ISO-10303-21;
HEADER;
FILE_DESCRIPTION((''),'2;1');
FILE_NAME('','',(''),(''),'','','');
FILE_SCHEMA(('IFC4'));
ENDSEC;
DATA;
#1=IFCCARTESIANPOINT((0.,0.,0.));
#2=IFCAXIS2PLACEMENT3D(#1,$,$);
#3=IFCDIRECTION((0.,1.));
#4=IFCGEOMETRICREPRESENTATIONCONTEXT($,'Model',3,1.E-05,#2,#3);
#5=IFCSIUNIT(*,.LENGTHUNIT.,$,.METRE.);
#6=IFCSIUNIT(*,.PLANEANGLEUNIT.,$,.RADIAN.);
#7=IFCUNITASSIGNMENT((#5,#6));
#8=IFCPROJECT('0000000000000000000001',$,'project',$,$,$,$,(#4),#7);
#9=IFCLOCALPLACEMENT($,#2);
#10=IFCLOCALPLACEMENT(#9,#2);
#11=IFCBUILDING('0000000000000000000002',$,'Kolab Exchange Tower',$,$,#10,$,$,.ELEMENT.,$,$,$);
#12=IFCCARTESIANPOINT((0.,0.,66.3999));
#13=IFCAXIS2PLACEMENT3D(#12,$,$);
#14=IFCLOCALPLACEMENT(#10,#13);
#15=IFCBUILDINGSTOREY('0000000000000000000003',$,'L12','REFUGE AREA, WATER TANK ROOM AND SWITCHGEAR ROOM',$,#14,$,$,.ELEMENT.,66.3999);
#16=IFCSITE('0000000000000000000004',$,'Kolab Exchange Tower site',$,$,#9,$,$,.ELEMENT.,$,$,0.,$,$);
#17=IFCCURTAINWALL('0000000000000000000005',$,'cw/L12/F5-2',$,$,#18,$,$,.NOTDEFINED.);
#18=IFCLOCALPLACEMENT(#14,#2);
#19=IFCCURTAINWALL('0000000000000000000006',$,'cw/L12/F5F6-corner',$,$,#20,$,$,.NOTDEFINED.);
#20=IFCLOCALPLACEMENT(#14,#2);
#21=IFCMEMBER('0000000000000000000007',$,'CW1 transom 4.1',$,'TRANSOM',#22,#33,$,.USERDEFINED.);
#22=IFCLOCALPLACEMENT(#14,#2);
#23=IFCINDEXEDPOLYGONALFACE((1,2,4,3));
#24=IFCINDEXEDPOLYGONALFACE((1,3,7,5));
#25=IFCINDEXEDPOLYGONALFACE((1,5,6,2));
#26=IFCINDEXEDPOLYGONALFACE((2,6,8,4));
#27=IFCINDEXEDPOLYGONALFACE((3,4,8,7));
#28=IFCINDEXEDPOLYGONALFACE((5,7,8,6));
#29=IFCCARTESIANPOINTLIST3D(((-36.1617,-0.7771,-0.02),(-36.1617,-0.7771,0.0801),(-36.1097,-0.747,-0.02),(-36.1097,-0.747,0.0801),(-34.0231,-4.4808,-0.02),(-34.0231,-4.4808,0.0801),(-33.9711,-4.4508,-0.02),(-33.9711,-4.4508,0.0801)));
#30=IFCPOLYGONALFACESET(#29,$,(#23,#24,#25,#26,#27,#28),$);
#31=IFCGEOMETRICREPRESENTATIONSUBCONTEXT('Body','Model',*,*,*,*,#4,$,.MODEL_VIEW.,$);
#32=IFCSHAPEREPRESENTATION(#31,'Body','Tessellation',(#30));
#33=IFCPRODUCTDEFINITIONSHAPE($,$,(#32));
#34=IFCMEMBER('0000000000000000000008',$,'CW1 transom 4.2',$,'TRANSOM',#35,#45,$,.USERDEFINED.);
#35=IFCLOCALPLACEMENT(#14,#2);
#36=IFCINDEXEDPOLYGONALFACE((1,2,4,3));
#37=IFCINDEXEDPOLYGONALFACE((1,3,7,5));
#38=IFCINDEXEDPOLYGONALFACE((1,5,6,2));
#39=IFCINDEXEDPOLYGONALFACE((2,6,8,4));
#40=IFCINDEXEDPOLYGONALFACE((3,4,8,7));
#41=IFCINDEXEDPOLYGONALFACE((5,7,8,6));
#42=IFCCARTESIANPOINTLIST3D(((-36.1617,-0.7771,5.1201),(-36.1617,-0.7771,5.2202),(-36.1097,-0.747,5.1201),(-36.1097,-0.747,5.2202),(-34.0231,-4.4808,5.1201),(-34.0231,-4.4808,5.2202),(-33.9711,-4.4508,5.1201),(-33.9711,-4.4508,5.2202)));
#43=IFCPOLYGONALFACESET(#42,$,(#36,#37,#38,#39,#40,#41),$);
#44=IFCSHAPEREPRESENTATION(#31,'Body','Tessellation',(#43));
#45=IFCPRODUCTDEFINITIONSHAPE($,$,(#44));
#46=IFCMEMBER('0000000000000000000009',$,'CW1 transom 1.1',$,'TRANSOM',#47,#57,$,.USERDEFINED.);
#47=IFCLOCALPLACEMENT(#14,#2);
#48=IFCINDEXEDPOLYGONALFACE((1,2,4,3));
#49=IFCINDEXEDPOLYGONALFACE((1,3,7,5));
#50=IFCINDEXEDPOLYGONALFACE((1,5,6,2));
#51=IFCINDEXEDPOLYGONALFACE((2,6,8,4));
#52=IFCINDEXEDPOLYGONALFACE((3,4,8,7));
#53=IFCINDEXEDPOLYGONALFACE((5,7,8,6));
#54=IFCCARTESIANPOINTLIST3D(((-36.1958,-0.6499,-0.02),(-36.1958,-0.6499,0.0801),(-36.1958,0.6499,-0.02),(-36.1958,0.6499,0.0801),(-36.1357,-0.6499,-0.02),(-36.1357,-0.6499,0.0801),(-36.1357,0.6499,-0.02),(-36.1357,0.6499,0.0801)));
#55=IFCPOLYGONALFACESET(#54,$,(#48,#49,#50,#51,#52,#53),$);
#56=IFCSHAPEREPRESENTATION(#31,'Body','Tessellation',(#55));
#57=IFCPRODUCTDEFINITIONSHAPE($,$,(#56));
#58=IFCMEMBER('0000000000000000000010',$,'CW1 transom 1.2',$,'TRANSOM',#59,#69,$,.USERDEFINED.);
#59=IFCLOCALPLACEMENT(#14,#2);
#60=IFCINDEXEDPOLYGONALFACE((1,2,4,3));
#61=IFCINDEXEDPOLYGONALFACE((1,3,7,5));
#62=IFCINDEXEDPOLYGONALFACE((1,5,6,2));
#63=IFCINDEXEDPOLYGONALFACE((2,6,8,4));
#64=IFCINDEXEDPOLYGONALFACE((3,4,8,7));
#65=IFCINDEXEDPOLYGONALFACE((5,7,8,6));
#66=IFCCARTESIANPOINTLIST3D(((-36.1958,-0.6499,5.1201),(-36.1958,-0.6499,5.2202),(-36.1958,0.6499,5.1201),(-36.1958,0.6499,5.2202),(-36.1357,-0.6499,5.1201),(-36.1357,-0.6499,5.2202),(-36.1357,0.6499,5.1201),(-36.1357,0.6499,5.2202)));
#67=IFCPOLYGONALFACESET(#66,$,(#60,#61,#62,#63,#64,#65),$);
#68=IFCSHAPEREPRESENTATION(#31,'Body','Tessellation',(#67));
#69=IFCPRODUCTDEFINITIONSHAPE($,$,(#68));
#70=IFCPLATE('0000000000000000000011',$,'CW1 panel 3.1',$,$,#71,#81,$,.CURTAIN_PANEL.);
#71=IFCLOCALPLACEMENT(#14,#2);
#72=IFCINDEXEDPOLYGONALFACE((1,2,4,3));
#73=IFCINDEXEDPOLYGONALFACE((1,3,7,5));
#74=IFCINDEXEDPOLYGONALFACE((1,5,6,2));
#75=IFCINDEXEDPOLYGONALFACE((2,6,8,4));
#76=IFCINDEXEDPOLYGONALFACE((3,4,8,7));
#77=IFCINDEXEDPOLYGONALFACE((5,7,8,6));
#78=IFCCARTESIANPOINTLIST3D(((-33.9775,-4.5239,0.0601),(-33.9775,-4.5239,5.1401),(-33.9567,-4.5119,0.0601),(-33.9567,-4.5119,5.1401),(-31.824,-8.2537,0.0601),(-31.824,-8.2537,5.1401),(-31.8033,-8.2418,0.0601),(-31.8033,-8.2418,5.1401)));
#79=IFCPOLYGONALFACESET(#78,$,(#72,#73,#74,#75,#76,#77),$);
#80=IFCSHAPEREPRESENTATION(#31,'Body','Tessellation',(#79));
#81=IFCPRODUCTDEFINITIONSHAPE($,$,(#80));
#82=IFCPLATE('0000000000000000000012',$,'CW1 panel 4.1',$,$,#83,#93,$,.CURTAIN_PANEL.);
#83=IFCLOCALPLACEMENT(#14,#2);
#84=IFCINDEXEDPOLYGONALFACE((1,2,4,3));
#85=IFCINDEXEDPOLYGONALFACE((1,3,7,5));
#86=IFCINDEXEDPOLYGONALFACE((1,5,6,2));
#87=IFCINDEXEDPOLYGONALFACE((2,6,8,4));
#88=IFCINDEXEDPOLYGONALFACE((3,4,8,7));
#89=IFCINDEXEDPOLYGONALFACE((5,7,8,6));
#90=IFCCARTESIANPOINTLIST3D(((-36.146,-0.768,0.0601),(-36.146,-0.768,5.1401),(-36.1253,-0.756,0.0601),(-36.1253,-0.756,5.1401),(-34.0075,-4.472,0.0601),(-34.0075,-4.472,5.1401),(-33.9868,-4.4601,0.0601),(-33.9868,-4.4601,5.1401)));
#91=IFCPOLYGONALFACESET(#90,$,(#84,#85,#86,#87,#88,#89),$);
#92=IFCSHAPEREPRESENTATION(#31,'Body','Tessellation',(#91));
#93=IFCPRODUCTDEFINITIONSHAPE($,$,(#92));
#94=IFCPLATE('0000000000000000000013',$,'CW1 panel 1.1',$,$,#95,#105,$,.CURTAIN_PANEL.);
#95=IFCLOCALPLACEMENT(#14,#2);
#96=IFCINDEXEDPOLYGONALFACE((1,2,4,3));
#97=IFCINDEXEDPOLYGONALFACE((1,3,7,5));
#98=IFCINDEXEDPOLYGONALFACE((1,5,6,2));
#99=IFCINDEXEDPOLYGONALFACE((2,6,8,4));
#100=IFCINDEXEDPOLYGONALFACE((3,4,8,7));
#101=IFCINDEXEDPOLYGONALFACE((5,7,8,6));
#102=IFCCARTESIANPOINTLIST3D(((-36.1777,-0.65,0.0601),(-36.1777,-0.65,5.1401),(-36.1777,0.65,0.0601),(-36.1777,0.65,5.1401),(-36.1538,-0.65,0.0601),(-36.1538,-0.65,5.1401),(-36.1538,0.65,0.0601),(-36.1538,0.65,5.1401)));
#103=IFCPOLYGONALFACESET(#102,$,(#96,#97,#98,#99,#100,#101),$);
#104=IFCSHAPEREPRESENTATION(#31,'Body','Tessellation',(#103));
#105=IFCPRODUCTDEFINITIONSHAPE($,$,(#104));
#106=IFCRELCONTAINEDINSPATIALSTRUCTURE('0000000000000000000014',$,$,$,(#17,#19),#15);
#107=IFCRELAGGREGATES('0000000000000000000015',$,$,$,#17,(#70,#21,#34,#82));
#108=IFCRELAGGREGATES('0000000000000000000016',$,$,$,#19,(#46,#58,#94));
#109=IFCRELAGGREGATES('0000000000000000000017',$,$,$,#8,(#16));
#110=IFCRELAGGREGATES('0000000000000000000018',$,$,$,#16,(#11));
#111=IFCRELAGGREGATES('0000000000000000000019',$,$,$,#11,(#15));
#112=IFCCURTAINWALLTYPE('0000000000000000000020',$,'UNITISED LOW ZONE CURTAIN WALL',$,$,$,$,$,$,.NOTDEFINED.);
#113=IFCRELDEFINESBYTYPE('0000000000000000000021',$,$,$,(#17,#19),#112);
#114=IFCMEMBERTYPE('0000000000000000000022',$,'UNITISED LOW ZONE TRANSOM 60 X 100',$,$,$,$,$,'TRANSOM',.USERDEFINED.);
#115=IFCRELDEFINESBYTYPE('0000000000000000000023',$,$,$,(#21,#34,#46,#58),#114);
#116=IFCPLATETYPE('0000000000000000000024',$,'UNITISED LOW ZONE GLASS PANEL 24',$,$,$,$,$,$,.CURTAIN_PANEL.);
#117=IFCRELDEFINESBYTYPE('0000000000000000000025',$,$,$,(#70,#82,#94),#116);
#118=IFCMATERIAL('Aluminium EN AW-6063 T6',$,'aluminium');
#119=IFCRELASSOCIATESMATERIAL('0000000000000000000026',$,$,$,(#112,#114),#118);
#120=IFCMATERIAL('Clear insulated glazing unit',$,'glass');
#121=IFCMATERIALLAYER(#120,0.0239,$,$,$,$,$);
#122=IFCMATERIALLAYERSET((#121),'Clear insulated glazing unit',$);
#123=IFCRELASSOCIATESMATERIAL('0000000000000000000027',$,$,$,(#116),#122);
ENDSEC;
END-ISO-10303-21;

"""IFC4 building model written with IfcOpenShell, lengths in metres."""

from ifc_helpers import new_model, si_unit, direction, frame, origin, origin_2d, place, context, subcontext, project, spatial, rectangle, extrude, material, layer, layer_set, material_profile, profile_set, type_object, element, aggregate, save


model = new_model("IFC4")

# Units and contexts
model_context = context("Model", 3, precision=1e-05, world=origin(), true_north=direction((0.0, 1.0)))
body_context = subcontext(model_context, "Body", "Model", "MODEL_VIEW")
ifc_project = project(units=[si_unit("LENGTHUNIT", "METRE"), si_unit("PLANEANGLEUNIT", "RADIAN")], contexts=[model_context])

# Site, building, storey
site_placement = place(None, origin())
site = spatial("IfcSite", under=ifc_project, at=site_placement, Name="Kolab Exchange Tower site", CompositionType="ELEMENT", RefElevation=0.0)
building_placement = place(site_placement, origin())
building = spatial("IfcBuilding", under=site, at=building_placement, Name="Kolab Exchange Tower", CompositionType="ELEMENT")
storey_placement = place(building_placement, frame((0.0, 0.0, 66.3999)))
storey = spatial("IfcBuildingStorey", under=building, at=storey_placement, Name="L12", Description="REFUGE AREA, WATER TANK ROOM AND SWITCHGEAR ROOM", CompositionType="ELEMENT", Elevation=66.3999)

# Curtain wall
ifc_material_1 = material(Name="Aluminium EN AW-6063 T6", Category="aluminium")
curtain_wall_type = type_object("IfcCurtainWallType", Name="UNITISED LOW ZONE CURTAIN WALL", PredefinedType="NOTDEFINED", material=ifc_material_1)
curtain_wall_1_placement = place(storey_placement, origin())
curtain_wall_1 = element("IfcCurtainWall", 1, at=curtain_wall_1_placement, inside=storey, type_object=curtain_wall_type, Name="cw/L12/F5-2", PredefinedType="NOTDEFINED")

# Curtain wall
curtain_wall_2_placement = place(storey_placement, origin())
curtain_wall_2 = element("IfcCurtainWall", 2, at=curtain_wall_2_placement, inside=storey, type_object=curtain_wall_type, Name="cw/L12/F5F6-corner", PredefinedType="NOTDEFINED")

# Members
ifc_material_profile_1 = material_profile(ifc_material_1, rectangle(XDim=0.0601, YDim=0.1001, at=origin_2d()), Name="RECT 60X100")
ifc_profile_set_1 = profile_set([ifc_material_profile_1], Name="Aluminium EN AW-6063 T6")
member_type_1 = type_object("IfcMemberType", Name="UNITISED LOW ZONE TRANSOM 60 X 100", ElementType="TRANSOM", PredefinedType="USERDEFINED", material=ifc_profile_set_1)
member_1_placement = place(storey_placement, frame((-33.9971, -4.4658, 0.03), z_axis=(-0.500044, 0.866, 0.0), x_axis=(-0.866, -0.500044, 0.0)))
member_1 = element("IfcMember", 3, at=member_1_placement, type_object=member_type_1, Name="CW1 transom 4.1", ObjectType="TRANSOM", PredefinedType="USERDEFINED", context=body_context, shape_type="SweptSolid", body=[
    extrude(rectangle(XDim=0.0601, YDim=0.1001, at=origin_2d()), origin(), (0.0, 0.0, 1.0), 4.2769),
])
member_2_placement = place(storey_placement, frame((-33.9971, -4.4658, 5.1702), z_axis=(-0.500044, 0.866, 0.0), x_axis=(-0.866, -0.500044, 0.0)))
member_2 = element("IfcMember", 4, at=member_2_placement, type_object=member_type_1, Name="CW1 transom 4.2", ObjectType="TRANSOM", PredefinedType="USERDEFINED", context=body_context, shape_type="SweptSolid", body=[
    extrude(rectangle(XDim=0.0601, YDim=0.1001, at=origin_2d()), origin(), (0.0, 0.0, 1.0), 4.2769),
])
member_3_placement = place(storey_placement, frame((-36.1658, -0.6499, 0.03), z_axis=(0.0, 1.0, 0.0), x_axis=(-1.0, 0.0, 0.0)))
member_3 = element("IfcMember", 5, at=member_3_placement, type_object=member_type_1, Name="CW1 transom 1.1", ObjectType="TRANSOM", PredefinedType="USERDEFINED", context=body_context, shape_type="SweptSolid", body=[
    extrude(rectangle(XDim=0.0601, YDim=0.1001, at=origin_2d()), origin(), (0.0, 0.0, 1.0), 1.2998),
])
member_4_placement = place(storey_placement, frame((-36.1658, -0.6499, 5.1702), z_axis=(0.0, 1.0, 0.0), x_axis=(-1.0, 0.0, 0.0)))
member_4 = element("IfcMember", 6, at=member_4_placement, type_object=member_type_1, Name="CW1 transom 1.2", ObjectType="TRANSOM", PredefinedType="USERDEFINED", context=body_context, shape_type="SweptSolid", body=[
    extrude(rectangle(XDim=0.0601, YDim=0.1001, at=origin_2d()), origin(), (0.0, 0.0, 1.0), 1.2998),
])

# Plates
ifc_material_2 = material(Name="Clear insulated glazing unit", Category="glass")
ifc_layer = layer(ifc_material_2, 0.0239)
ifc_layer_set = layer_set([ifc_layer], Name="Clear insulated glazing unit")
plate_type = type_object("IfcPlateType", Name="UNITISED LOW ZONE GLASS PANEL 24", PredefinedType="CURTAIN_PANEL", material=ifc_layer_set)
plate_1_placement = place(storey_placement, frame((-32.8904, -6.3828, 0.0601), z_axis=(0.0, 0.0, 1.0), x_axis=(-0.5, 0.866025, 0.0)))
plate_1 = element("IfcPlate", 7, at=plate_1_placement, type_object=plate_type, Name="CW1 panel 3.1", PredefinedType="CURTAIN_PANEL", context=body_context, shape_type="SweptSolid", body=[
    extrude(rectangle(XDim=4.3069, YDim=0.0239, at=origin_2d()), origin(), (0.0, 0.0, 1.0), 5.0801),
])
plate_2_placement = place(storey_placement, frame((-35.0664, -2.614, 0.0601), z_axis=(0.0, 0.0, 1.0), x_axis=(-0.5, 0.866025, 0.0)))
plate_2 = element("IfcPlate", 8, at=plate_2_placement, type_object=plate_type, Name="CW1 panel 4.1", PredefinedType="CURTAIN_PANEL", context=body_context, shape_type="SweptSolid", body=[
    extrude(rectangle(XDim=4.2771, YDim=0.0239, at=origin_2d()), origin(), (0.0, 0.0, 1.0), 5.0801),
])
aggregate(curtain_wall_1, [plate_1, member_1, member_2, plate_2])
plate_3_placement = place(storey_placement, frame((-36.1658, 0.0, 0.0601), z_axis=(0.0, 0.0, 1.0), x_axis=(0.0, 1.0, 0.0)))
plate_3 = element("IfcPlate", 9, at=plate_3_placement, type_object=plate_type, Name="CW1 panel 1.1", PredefinedType="CURTAIN_PANEL", context=body_context, shape_type="SweptSolid", body=[
    extrude(rectangle(XDim=1.3, YDim=0.0239, at=origin_2d()), origin(), (0.0, 0.0, 1.0), 5.0801),
])
aggregate(curtain_wall_2, [member_3, member_4, plate_3])

save(model, "model.ifc")
